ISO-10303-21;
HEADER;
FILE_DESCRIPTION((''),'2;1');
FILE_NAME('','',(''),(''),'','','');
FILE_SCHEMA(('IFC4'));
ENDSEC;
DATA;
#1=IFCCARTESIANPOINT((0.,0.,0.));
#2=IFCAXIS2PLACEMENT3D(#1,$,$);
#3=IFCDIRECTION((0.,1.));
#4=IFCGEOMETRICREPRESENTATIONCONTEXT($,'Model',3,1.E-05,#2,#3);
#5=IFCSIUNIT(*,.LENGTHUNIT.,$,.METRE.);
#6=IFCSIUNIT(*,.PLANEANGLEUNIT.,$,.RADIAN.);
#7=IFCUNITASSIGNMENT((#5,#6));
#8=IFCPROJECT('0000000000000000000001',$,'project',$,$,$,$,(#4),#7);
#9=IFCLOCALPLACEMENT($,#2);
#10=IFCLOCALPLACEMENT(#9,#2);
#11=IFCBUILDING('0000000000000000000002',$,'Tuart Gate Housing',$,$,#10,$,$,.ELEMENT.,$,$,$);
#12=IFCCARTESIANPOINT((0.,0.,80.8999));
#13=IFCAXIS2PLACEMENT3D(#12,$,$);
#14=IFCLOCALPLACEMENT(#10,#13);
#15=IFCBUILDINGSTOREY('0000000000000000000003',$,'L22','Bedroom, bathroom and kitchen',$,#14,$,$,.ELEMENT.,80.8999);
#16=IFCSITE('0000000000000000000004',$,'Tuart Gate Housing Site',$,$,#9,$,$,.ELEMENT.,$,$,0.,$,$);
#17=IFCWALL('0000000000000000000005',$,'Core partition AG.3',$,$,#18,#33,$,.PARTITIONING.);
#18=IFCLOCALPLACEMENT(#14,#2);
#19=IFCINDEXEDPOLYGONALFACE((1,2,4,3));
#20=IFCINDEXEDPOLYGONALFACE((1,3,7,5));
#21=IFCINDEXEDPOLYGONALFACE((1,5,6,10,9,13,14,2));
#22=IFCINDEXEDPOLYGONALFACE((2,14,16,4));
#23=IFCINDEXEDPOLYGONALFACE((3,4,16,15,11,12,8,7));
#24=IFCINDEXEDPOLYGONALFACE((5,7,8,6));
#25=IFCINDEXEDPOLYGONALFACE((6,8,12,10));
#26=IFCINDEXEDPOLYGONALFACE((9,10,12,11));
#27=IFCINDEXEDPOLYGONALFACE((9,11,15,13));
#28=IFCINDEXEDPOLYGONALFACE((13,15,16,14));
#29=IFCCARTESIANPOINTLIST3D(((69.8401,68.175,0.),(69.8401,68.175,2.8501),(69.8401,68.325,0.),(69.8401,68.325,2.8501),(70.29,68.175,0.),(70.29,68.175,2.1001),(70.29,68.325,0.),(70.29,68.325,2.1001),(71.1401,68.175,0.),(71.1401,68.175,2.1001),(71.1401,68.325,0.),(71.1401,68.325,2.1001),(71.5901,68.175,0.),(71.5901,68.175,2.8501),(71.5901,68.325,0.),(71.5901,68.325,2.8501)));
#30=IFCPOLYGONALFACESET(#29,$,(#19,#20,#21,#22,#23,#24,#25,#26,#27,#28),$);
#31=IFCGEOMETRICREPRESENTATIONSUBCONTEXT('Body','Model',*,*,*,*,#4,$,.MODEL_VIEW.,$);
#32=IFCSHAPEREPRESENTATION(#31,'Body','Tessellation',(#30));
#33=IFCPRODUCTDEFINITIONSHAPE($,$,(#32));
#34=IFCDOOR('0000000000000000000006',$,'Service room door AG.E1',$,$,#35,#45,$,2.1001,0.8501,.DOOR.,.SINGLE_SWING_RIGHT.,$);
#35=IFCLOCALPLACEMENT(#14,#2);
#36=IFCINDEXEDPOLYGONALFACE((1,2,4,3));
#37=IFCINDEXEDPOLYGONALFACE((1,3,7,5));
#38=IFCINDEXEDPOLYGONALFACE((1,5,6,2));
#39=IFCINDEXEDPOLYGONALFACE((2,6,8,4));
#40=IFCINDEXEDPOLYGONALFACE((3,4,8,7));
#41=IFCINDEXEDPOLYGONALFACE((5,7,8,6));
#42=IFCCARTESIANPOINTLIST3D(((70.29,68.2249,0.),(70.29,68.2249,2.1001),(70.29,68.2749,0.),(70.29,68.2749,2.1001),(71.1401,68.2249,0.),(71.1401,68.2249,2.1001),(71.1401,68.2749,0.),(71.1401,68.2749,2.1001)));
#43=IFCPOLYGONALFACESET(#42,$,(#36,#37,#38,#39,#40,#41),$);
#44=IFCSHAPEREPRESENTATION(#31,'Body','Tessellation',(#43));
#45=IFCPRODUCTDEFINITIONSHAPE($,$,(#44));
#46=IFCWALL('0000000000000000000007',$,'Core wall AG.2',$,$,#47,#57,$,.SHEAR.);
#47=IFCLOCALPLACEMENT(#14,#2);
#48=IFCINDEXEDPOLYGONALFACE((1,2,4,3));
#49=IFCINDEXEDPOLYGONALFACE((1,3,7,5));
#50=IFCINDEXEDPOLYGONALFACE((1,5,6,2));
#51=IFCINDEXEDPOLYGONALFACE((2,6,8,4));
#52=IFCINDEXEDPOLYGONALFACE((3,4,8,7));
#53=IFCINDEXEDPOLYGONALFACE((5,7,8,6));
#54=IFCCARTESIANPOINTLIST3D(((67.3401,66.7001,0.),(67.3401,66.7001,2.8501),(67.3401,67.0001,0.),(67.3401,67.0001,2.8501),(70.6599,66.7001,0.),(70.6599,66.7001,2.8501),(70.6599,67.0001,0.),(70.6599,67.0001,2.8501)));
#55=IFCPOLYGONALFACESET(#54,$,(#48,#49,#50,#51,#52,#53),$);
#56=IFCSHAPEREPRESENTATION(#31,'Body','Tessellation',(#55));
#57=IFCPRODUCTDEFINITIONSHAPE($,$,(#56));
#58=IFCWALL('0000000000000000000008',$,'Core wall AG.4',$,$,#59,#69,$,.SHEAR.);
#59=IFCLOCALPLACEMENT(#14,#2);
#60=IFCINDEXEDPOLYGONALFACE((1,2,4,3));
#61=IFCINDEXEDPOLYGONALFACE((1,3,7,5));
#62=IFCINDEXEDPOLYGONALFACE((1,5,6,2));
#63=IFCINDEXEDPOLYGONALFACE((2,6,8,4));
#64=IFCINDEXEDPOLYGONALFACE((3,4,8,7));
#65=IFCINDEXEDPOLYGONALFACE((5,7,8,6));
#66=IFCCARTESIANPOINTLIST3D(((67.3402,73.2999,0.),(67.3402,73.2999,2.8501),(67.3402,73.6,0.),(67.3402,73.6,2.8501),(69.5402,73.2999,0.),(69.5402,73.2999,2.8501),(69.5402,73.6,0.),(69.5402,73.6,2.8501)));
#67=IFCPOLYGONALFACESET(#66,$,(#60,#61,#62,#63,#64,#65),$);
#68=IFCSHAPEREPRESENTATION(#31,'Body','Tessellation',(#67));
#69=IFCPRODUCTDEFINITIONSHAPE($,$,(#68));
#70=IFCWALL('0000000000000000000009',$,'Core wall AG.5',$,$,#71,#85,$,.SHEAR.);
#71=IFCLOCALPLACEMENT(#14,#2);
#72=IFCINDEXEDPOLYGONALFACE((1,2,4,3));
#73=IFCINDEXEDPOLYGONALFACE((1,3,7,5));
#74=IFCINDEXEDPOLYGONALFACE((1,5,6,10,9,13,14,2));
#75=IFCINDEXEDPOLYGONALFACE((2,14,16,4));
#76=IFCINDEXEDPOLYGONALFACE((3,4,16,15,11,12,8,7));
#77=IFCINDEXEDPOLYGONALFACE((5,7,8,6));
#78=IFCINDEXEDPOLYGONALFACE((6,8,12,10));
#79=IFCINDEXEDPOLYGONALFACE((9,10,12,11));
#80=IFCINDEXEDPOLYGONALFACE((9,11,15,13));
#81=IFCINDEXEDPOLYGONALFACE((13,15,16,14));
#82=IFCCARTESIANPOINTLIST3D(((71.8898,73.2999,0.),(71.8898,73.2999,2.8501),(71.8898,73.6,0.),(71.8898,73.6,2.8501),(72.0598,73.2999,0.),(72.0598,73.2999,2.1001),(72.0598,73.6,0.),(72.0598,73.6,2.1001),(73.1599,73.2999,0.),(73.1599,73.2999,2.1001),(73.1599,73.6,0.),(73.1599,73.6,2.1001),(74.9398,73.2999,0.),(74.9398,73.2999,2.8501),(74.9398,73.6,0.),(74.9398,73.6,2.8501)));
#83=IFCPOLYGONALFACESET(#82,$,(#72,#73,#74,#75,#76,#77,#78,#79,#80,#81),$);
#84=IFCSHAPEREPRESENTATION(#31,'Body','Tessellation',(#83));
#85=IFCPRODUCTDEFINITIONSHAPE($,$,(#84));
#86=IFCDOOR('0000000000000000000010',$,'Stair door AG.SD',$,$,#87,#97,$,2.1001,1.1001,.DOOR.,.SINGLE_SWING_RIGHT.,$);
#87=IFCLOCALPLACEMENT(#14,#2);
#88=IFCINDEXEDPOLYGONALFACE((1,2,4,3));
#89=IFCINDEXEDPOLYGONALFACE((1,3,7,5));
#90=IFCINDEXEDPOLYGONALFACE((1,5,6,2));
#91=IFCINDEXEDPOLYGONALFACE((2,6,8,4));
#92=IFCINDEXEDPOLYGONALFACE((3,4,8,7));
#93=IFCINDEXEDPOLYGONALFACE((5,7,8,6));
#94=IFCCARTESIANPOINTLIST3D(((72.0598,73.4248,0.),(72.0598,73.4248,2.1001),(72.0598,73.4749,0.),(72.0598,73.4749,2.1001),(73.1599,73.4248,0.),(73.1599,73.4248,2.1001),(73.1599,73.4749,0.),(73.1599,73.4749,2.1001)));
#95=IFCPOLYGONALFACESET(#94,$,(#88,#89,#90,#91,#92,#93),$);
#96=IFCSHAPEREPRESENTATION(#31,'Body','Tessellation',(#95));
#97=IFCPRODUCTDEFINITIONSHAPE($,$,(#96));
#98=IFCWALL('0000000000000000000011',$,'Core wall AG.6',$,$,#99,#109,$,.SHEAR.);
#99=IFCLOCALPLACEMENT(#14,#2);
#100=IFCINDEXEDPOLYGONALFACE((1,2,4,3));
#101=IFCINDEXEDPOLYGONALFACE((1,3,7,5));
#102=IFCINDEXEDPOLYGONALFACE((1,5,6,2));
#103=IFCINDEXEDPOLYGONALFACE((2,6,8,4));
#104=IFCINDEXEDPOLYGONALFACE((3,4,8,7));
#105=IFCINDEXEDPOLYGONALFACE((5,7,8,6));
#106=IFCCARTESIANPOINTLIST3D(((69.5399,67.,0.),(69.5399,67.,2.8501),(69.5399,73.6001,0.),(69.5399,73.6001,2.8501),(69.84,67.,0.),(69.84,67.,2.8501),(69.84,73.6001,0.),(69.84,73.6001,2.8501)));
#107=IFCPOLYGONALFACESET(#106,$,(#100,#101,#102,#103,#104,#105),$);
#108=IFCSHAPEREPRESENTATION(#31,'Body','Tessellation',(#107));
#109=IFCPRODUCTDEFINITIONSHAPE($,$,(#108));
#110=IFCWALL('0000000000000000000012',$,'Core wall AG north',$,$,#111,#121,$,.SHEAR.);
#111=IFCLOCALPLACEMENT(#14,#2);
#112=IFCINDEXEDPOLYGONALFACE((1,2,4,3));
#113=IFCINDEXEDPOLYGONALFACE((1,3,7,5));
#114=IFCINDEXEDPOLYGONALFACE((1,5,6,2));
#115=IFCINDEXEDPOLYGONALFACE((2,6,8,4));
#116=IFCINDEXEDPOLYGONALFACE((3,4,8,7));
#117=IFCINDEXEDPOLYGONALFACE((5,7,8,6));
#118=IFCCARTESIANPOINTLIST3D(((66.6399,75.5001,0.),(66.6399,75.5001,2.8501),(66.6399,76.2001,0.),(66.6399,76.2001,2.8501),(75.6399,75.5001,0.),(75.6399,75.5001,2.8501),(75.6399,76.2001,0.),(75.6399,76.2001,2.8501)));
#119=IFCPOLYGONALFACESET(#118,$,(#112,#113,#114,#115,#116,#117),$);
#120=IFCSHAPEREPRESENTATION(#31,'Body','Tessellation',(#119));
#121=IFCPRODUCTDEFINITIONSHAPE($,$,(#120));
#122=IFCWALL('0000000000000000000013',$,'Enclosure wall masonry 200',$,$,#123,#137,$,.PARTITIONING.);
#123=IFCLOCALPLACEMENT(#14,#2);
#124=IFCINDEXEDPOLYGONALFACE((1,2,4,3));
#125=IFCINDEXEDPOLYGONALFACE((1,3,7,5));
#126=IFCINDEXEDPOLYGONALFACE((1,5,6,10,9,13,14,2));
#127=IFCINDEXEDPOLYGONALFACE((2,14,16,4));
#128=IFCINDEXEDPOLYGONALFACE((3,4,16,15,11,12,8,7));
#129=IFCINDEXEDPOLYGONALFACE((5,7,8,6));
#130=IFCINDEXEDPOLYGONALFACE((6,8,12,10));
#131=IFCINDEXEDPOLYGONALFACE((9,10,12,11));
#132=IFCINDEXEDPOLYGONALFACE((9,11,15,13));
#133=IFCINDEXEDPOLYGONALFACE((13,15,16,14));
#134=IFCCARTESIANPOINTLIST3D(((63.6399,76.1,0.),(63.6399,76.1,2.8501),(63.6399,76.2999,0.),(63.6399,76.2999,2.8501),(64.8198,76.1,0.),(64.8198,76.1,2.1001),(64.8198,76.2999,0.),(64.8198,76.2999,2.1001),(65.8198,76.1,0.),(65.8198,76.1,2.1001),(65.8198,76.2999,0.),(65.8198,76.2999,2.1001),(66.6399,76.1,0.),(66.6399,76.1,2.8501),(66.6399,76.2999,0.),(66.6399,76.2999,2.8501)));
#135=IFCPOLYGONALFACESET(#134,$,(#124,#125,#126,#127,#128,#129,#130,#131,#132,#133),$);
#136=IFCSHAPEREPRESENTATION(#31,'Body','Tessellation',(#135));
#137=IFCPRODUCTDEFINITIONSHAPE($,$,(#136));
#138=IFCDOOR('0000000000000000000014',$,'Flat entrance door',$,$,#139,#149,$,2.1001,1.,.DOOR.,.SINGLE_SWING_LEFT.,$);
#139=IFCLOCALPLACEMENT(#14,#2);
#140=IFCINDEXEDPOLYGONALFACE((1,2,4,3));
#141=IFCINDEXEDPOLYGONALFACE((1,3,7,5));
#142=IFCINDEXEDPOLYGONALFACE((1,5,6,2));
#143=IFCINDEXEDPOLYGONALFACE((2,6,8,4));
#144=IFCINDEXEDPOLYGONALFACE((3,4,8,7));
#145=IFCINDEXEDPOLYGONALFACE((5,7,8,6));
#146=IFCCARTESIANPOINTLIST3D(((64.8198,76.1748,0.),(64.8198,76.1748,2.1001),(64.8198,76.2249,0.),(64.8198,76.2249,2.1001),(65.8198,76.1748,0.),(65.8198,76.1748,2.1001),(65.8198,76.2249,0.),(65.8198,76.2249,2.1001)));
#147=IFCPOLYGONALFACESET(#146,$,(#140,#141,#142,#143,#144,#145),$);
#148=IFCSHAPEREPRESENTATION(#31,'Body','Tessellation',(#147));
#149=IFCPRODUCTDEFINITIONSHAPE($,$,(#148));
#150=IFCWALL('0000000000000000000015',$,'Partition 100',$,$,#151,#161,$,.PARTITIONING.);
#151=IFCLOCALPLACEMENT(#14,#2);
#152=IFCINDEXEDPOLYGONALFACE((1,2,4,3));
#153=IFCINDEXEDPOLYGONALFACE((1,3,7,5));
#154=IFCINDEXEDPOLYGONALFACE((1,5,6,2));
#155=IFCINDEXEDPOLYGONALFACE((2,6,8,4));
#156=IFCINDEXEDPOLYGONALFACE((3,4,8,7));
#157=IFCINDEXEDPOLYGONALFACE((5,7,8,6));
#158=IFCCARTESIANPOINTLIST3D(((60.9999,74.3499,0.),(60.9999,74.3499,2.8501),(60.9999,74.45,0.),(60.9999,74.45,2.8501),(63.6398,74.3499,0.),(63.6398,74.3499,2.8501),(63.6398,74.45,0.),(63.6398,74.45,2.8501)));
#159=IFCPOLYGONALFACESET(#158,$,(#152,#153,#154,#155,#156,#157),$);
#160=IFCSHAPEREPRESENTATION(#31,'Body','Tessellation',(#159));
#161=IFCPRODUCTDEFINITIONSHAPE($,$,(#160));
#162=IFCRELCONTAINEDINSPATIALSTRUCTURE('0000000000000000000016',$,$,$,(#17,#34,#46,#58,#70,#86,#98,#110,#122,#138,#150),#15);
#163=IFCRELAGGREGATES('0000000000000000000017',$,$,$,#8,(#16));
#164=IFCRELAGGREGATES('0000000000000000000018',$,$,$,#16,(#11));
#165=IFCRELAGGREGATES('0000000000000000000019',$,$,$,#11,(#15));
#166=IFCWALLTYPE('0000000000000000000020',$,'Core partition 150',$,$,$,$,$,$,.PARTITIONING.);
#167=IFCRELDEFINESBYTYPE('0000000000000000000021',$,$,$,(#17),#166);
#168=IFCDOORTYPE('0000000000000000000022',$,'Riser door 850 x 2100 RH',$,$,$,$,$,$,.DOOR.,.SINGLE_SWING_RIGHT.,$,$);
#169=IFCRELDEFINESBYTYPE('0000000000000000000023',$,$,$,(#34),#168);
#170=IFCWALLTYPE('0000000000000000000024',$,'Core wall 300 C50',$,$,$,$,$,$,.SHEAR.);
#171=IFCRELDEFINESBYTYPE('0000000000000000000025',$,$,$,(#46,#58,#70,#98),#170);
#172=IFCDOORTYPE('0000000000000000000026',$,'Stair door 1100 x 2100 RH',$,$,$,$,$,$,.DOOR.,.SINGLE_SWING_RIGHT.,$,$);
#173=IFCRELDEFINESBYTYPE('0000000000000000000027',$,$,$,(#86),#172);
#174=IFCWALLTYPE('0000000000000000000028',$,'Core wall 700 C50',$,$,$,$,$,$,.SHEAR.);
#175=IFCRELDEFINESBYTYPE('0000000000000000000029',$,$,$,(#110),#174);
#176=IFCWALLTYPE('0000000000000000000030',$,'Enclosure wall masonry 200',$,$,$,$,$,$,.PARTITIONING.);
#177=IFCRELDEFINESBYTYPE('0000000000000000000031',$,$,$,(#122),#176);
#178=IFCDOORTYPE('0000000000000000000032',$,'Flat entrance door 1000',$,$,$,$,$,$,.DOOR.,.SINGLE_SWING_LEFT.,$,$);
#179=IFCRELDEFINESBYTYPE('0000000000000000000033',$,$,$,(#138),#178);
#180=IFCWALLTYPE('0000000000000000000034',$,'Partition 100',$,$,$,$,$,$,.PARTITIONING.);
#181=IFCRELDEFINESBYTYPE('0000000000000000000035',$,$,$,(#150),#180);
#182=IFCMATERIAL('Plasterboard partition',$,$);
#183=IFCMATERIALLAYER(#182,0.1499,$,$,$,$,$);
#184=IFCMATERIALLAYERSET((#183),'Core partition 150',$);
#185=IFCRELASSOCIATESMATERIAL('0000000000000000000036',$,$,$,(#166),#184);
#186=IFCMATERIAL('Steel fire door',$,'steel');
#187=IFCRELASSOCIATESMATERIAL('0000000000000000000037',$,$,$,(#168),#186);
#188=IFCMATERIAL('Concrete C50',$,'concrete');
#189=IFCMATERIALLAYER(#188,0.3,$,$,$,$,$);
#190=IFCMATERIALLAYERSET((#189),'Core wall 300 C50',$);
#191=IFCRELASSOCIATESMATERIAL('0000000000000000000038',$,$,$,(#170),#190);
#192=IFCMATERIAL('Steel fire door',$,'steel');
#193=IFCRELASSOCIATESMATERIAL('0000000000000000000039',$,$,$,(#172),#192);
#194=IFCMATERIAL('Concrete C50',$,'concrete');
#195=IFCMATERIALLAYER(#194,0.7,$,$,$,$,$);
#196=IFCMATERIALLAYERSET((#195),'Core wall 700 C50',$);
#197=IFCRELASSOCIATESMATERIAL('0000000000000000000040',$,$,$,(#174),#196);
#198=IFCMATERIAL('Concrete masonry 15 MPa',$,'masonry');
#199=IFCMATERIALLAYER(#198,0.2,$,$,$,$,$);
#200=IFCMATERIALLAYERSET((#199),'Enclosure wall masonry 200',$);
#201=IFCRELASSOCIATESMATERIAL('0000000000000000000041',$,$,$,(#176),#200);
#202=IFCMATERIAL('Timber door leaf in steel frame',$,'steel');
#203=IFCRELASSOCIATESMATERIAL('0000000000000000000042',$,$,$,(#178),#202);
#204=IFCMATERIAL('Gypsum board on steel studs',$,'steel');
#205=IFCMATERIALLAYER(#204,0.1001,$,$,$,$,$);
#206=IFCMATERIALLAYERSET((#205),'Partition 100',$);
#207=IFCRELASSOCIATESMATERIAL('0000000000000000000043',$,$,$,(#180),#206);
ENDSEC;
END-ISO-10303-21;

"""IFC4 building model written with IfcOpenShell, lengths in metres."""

from ifc_helpers import new_model, si_unit, direction, frame, frame_2d, origin, place, context, subcontext, project, spatial, rectangle, extrude, material, layer, layer_set, type_object, element, fill, save


model = new_model("IFC4")

# Units and contexts
model_context = context("Model", 3, precision=1e-05, world=origin(), true_north=direction((0.0, 1.0)))
body_context = subcontext(model_context, "Body", "Model", "MODEL_VIEW")
ifc_project = project(units=[si_unit("LENGTHUNIT", "METRE"), si_unit("PLANEANGLEUNIT", "RADIAN")], contexts=[model_context])

# Site, building, storey
site_placement = place(None, origin())
site = spatial("IfcSite", under=ifc_project, at=site_placement, Name="Tuart Gate Housing Site", CompositionType="ELEMENT", RefElevation=0.0)
building_placement = place(site_placement, origin())
building = spatial("IfcBuilding", under=site, at=building_placement, Name="Tuart Gate Housing", CompositionType="ELEMENT")
storey_placement = place(building_placement, frame((0.0, 0.0, 80.8999)))
storey = spatial("IfcBuildingStorey", under=building, at=storey_placement, Name="L22", Description="Bedroom, bathroom and kitchen", CompositionType="ELEMENT", Elevation=80.8999)

# Wall, opening, door
ifc_material_1 = material(Name="Plasterboard partition")
ifc_layer_1 = layer(ifc_material_1, 0.1499)
ifc_layer_set_1 = layer_set([ifc_layer_1], Name="Core partition 150")
wall_type_1 = type_object("IfcWallType", Name="Core partition 150", PredefinedType="PARTITIONING", material=ifc_layer_set_1)
wall_1_placement = place(storey_placement, frame((69.8401, 68.25, 0.0), z_axis=(0.0, 0.0, 1.0), x_axis=(1.0, 0.0, 0.0)))
wall_1 = element("IfcWall", 1, at=wall_1_placement, inside=storey, type_object=wall_type_1, Name="Core partition AG.3", PredefinedType="PARTITIONING", context=body_context, shape_type="SweptSolid", body=[
    extrude(rectangle(XDim=1.75, YDim=0.1499, at=frame_2d((0.875, 0.0))), origin(), (0.0, 0.0, 1.0), 2.8501),
])
opening_1_placement = place(wall_1_placement, frame((0.45, 0.0, 0.0)))
opening_1 = element("IfcOpeningElement", 2, at=opening_1_placement, cuts=wall_1, PredefinedType="OPENING", context=body_context, shape_type="SweptSolid", body=[
    extrude(rectangle(XDim=0.8501, YDim=2.1001, at=frame_2d((0.425, 1.05))), frame((0.0, 0.085, 0.0), z_axis=(0.0, -1.0, 0.0), x_axis=(1.0, 0.0, 0.0)), (0.0, 0.0, 1.0), 0.1699),
])
ifc_material_2 = material(Name="Steel fire door", Category="steel")
door_type_1 = type_object("IfcDoorType", Name="Riser door 850 x 2100 RH", OperationType="SINGLE_SWING_RIGHT", PredefinedType="DOOR", material=ifc_material_2)
door_1_placement = place(opening_1_placement, frame((0.8501, 0.0, 0.0), z_axis=(0.0, 0.0, 1.0), x_axis=(-1.0, 0.0, 0.0)))
door_1 = element("IfcDoor", 3, at=door_1_placement, inside=storey, type_object=door_type_1, Name="Service room door AG.E1", OperationType="SINGLE_SWING_RIGHT", OverallHeight=2.1001, OverallWidth=0.8501, PredefinedType="DOOR", context=body_context, shape_type="SweptSolid", body=[
    extrude(rectangle(XDim=0.8501, YDim=2.1001, at=frame_2d((0.425, 1.05))), frame((0.0, 0.0251, 0.0), z_axis=(0.0, -1.0, 0.0), x_axis=(1.0, 0.0, 0.0)), (0.0, 0.0, 1.0), 0.05),
])
fill(opening_1, door_1)

# Walls
ifc_material_3 = material(Name="Concrete C50", Category="concrete")
ifc_layer_2 = layer(ifc_material_3, 0.3)
ifc_layer_set_2 = layer_set([ifc_layer_2], Name="Core wall 300 C50")
wall_type_2 = type_object("IfcWallType", Name="Core wall 300 C50", PredefinedType="SHEAR", material=ifc_layer_set_2)
wall_2_placement = place(storey_placement, frame((67.3401, 66.8501, 0.0), z_axis=(0.0, 0.0, 1.0), x_axis=(1.0, 0.0, 0.0)))
element("IfcWall", 4, at=wall_2_placement, inside=storey, type_object=wall_type_2, Name="Core wall AG.2", PredefinedType="SHEAR", context=body_context, shape_type="SweptSolid", body=[
    extrude(rectangle(XDim=3.3198, YDim=0.3, at=frame_2d((1.6599, 0.0))), origin(), (0.0, 0.0, 1.0), 2.8501),
])
wall_3_placement = place(storey_placement, frame((67.3401, 73.45, 0.0), z_axis=(0.0, 0.0, 1.0), x_axis=(1.0, 0.0, 0.0)))
element("IfcWall", 5, at=wall_3_placement, inside=storey, type_object=wall_type_2, Name="Core wall AG.4", PredefinedType="SHEAR", context=body_context, shape_type="SweptSolid", body=[
    extrude(rectangle(XDim=2.2, YDim=0.3, at=frame_2d((1.1001, 0.0))), origin(), (0.0, 0.0, 1.0), 2.8501),
])

# Wall, opening, door
wall_4_placement = place(storey_placement, frame((71.8899, 73.45, 0.0), z_axis=(0.0, 0.0, 1.0), x_axis=(1.0, 0.0, 0.0)))
wall_4 = element("IfcWall", 6, at=wall_4_placement, inside=storey, type_object=wall_type_2, Name="Core wall AG.5", PredefinedType="SHEAR", context=body_context, shape_type="SweptSolid", body=[
    extrude(rectangle(XDim=3.05, YDim=0.3, at=frame_2d((1.5249, 0.0))), origin(), (0.0, 0.0, 1.0), 2.8501),
])
opening_2_placement = place(wall_4_placement, frame((0.1699, 0.0, 0.0)))
opening_2 = element("IfcOpeningElement", 7, at=opening_2_placement, cuts=wall_4, PredefinedType="OPENING", context=body_context, shape_type="SweptSolid", body=[
    extrude(rectangle(XDim=1.1001, YDim=2.1001, at=frame_2d((0.55, 1.05))), frame((0.0, 0.1599, 0.0), z_axis=(0.0, -1.0, 0.0), x_axis=(1.0, 0.0, 0.0)), (0.0, 0.0, 1.0), 0.3201),
])
ifc_material_4 = material(Name="Steel fire door", Category="steel")
door_type_2 = type_object("IfcDoorType", Name="Stair door 1100 x 2100 RH", OperationType="SINGLE_SWING_RIGHT", PredefinedType="DOOR", material=ifc_material_4)
door_2_placement = place(opening_2_placement, frame((1.1001, 0.0, 0.0), z_axis=(0.0, 0.0, 1.0), x_axis=(-1.0, 0.0, 0.0)))
door_2 = element("IfcDoor", 8, at=door_2_placement, inside=storey, type_object=door_type_2, Name="Stair door AG.SD", OperationType="SINGLE_SWING_RIGHT", OverallHeight=2.1001, OverallWidth=1.1001, PredefinedType="DOOR", context=body_context, shape_type="SweptSolid", body=[
    extrude(rectangle(XDim=1.1001, YDim=2.1001, at=frame_2d((0.55, 1.05))), frame((0.0, 0.0251, 0.0), z_axis=(0.0, -1.0, 0.0), x_axis=(1.0, 0.0, 0.0)), (0.0, 0.0, 1.0), 0.05),
])
fill(opening_2, door_2)

# Walls
wall_5_placement = place(storey_placement, frame((69.6899, 67.0, 0.0), z_axis=(0.0, 0.0, 1.0), x_axis=(0.0, 1.0, 0.0)))
element("IfcWall", 9, at=wall_5_placement, inside=storey, type_object=wall_type_2, Name="Core wall AG.6", PredefinedType="SHEAR", context=body_context, shape_type="SweptSolid", body=[
    extrude(rectangle(XDim=6.6001, YDim=0.3, at=frame_2d((3.3, 0.0))), origin(), (0.0, 0.0, 1.0), 2.8501),
])
ifc_material_5 = material(Name="Concrete C50", Category="concrete")
ifc_layer_3 = layer(ifc_material_5, 0.7)
ifc_layer_set_3 = layer_set([ifc_layer_3], Name="Core wall 700 C50")
wall_type_3 = type_object("IfcWallType", Name="Core wall 700 C50", PredefinedType="SHEAR", material=ifc_layer_set_3)
wall_6_placement = place(storey_placement, frame((66.6399, 75.8501, 0.0), z_axis=(0.0, 0.0, 1.0), x_axis=(1.0, 0.0, 0.0)))
element("IfcWall", 10, at=wall_6_placement, inside=storey, type_object=wall_type_3, Name="Core wall AG north", PredefinedType="SHEAR", context=body_context, shape_type="SweptSolid", body=[
    extrude(rectangle(XDim=9.0, YDim=0.7, at=frame_2d((4.5, 0.0))), origin(), (0.0, 0.0, 1.0), 2.8501),
])

# Wall, opening, door
ifc_material_6 = material(Name="Concrete masonry 15 MPa", Category="masonry")
ifc_layer_4 = layer(ifc_material_6, 0.2)
ifc_layer_set_4 = layer_set([ifc_layer_4], Name="Enclosure wall masonry 200")
wall_type_4 = type_object("IfcWallType", Name="Enclosure wall masonry 200", PredefinedType="PARTITIONING", material=ifc_layer_set_4)
wall_7_placement = place(storey_placement, frame((63.6399, 76.2, 0.0), z_axis=(0.0, 0.0, 1.0), x_axis=(1.0, 0.0, 0.0)))
wall_7 = element("IfcWall", 11, at=wall_7_placement, inside=storey, type_object=wall_type_4, Name="Enclosure wall masonry 200", PredefinedType="PARTITIONING", context=body_context, shape_type="SweptSolid", body=[
    extrude(rectangle(XDim=3.0, YDim=0.2, at=frame_2d((1.5, 0.0))), origin(), (0.0, 0.0, 1.0), 2.8501),
])
opening_3_placement = place(wall_7_placement, frame((1.1799, 0.0, 0.0)))
opening_3 = element("IfcOpeningElement", 12, at=opening_3_placement, cuts=wall_7, PredefinedType="OPENING", context=body_context, shape_type="SweptSolid", body=[
    extrude(rectangle(XDim=1.0, YDim=2.1001, at=frame_2d((0.5, 1.05))), frame((0.0, 0.1099, 0.0), z_axis=(0.0, -1.0, 0.0), x_axis=(1.0, 0.0, 0.0)), (0.0, 0.0, 1.0), 0.22),
])
ifc_material_7 = material(Name="Timber door leaf in steel frame", Category="steel")
door_type_3 = type_object("IfcDoorType", Name="Flat entrance door 1000", OperationType="SINGLE_SWING_LEFT", PredefinedType="DOOR", material=ifc_material_7)
door_3_placement = place(opening_3_placement, origin())
door_3 = element("IfcDoor", 13, at=door_3_placement, inside=storey, type_object=door_type_3, Name="Flat entrance door", OperationType="SINGLE_SWING_LEFT", OverallHeight=2.1001, OverallWidth=1.0, PredefinedType="DOOR", context=body_context, shape_type="SweptSolid", body=[
    extrude(rectangle(XDim=1.0, YDim=2.1001, at=frame_2d((0.5, 1.05))), frame((0.0, 0.0249, 0.0), z_axis=(0.0, -1.0, 0.0), x_axis=(1.0, 0.0, 0.0)), (0.0, 0.0, 1.0), 0.05),
])
fill(opening_3, door_3)

# Wall
ifc_material_8 = material(Name="Gypsum board on steel studs", Category="steel")
ifc_layer_5 = layer(ifc_material_8, 0.1001)
ifc_layer_set_5 = layer_set([ifc_layer_5], Name="Partition 100")
wall_type_5 = type_object("IfcWallType", Name="Partition 100", PredefinedType="PARTITIONING", material=ifc_layer_set_5)
wall_8_placement = place(storey_placement, frame((61.0, 74.3999, 0.0), z_axis=(0.0, 0.0, 1.0), x_axis=(1.0, 0.0, 0.0)))
element("IfcWall", 14, at=wall_8_placement, inside=storey, type_object=wall_type_5, Name="Partition 100", PredefinedType="PARTITIONING", context=body_context, shape_type="SweptSolid", body=[
    extrude(rectangle(XDim=2.6399, YDim=0.1001, at=frame_2d((1.3198, 0.0))), origin(), (0.0, 0.0, 1.0), 2.8501),
])

save(model, "model.ifc")
